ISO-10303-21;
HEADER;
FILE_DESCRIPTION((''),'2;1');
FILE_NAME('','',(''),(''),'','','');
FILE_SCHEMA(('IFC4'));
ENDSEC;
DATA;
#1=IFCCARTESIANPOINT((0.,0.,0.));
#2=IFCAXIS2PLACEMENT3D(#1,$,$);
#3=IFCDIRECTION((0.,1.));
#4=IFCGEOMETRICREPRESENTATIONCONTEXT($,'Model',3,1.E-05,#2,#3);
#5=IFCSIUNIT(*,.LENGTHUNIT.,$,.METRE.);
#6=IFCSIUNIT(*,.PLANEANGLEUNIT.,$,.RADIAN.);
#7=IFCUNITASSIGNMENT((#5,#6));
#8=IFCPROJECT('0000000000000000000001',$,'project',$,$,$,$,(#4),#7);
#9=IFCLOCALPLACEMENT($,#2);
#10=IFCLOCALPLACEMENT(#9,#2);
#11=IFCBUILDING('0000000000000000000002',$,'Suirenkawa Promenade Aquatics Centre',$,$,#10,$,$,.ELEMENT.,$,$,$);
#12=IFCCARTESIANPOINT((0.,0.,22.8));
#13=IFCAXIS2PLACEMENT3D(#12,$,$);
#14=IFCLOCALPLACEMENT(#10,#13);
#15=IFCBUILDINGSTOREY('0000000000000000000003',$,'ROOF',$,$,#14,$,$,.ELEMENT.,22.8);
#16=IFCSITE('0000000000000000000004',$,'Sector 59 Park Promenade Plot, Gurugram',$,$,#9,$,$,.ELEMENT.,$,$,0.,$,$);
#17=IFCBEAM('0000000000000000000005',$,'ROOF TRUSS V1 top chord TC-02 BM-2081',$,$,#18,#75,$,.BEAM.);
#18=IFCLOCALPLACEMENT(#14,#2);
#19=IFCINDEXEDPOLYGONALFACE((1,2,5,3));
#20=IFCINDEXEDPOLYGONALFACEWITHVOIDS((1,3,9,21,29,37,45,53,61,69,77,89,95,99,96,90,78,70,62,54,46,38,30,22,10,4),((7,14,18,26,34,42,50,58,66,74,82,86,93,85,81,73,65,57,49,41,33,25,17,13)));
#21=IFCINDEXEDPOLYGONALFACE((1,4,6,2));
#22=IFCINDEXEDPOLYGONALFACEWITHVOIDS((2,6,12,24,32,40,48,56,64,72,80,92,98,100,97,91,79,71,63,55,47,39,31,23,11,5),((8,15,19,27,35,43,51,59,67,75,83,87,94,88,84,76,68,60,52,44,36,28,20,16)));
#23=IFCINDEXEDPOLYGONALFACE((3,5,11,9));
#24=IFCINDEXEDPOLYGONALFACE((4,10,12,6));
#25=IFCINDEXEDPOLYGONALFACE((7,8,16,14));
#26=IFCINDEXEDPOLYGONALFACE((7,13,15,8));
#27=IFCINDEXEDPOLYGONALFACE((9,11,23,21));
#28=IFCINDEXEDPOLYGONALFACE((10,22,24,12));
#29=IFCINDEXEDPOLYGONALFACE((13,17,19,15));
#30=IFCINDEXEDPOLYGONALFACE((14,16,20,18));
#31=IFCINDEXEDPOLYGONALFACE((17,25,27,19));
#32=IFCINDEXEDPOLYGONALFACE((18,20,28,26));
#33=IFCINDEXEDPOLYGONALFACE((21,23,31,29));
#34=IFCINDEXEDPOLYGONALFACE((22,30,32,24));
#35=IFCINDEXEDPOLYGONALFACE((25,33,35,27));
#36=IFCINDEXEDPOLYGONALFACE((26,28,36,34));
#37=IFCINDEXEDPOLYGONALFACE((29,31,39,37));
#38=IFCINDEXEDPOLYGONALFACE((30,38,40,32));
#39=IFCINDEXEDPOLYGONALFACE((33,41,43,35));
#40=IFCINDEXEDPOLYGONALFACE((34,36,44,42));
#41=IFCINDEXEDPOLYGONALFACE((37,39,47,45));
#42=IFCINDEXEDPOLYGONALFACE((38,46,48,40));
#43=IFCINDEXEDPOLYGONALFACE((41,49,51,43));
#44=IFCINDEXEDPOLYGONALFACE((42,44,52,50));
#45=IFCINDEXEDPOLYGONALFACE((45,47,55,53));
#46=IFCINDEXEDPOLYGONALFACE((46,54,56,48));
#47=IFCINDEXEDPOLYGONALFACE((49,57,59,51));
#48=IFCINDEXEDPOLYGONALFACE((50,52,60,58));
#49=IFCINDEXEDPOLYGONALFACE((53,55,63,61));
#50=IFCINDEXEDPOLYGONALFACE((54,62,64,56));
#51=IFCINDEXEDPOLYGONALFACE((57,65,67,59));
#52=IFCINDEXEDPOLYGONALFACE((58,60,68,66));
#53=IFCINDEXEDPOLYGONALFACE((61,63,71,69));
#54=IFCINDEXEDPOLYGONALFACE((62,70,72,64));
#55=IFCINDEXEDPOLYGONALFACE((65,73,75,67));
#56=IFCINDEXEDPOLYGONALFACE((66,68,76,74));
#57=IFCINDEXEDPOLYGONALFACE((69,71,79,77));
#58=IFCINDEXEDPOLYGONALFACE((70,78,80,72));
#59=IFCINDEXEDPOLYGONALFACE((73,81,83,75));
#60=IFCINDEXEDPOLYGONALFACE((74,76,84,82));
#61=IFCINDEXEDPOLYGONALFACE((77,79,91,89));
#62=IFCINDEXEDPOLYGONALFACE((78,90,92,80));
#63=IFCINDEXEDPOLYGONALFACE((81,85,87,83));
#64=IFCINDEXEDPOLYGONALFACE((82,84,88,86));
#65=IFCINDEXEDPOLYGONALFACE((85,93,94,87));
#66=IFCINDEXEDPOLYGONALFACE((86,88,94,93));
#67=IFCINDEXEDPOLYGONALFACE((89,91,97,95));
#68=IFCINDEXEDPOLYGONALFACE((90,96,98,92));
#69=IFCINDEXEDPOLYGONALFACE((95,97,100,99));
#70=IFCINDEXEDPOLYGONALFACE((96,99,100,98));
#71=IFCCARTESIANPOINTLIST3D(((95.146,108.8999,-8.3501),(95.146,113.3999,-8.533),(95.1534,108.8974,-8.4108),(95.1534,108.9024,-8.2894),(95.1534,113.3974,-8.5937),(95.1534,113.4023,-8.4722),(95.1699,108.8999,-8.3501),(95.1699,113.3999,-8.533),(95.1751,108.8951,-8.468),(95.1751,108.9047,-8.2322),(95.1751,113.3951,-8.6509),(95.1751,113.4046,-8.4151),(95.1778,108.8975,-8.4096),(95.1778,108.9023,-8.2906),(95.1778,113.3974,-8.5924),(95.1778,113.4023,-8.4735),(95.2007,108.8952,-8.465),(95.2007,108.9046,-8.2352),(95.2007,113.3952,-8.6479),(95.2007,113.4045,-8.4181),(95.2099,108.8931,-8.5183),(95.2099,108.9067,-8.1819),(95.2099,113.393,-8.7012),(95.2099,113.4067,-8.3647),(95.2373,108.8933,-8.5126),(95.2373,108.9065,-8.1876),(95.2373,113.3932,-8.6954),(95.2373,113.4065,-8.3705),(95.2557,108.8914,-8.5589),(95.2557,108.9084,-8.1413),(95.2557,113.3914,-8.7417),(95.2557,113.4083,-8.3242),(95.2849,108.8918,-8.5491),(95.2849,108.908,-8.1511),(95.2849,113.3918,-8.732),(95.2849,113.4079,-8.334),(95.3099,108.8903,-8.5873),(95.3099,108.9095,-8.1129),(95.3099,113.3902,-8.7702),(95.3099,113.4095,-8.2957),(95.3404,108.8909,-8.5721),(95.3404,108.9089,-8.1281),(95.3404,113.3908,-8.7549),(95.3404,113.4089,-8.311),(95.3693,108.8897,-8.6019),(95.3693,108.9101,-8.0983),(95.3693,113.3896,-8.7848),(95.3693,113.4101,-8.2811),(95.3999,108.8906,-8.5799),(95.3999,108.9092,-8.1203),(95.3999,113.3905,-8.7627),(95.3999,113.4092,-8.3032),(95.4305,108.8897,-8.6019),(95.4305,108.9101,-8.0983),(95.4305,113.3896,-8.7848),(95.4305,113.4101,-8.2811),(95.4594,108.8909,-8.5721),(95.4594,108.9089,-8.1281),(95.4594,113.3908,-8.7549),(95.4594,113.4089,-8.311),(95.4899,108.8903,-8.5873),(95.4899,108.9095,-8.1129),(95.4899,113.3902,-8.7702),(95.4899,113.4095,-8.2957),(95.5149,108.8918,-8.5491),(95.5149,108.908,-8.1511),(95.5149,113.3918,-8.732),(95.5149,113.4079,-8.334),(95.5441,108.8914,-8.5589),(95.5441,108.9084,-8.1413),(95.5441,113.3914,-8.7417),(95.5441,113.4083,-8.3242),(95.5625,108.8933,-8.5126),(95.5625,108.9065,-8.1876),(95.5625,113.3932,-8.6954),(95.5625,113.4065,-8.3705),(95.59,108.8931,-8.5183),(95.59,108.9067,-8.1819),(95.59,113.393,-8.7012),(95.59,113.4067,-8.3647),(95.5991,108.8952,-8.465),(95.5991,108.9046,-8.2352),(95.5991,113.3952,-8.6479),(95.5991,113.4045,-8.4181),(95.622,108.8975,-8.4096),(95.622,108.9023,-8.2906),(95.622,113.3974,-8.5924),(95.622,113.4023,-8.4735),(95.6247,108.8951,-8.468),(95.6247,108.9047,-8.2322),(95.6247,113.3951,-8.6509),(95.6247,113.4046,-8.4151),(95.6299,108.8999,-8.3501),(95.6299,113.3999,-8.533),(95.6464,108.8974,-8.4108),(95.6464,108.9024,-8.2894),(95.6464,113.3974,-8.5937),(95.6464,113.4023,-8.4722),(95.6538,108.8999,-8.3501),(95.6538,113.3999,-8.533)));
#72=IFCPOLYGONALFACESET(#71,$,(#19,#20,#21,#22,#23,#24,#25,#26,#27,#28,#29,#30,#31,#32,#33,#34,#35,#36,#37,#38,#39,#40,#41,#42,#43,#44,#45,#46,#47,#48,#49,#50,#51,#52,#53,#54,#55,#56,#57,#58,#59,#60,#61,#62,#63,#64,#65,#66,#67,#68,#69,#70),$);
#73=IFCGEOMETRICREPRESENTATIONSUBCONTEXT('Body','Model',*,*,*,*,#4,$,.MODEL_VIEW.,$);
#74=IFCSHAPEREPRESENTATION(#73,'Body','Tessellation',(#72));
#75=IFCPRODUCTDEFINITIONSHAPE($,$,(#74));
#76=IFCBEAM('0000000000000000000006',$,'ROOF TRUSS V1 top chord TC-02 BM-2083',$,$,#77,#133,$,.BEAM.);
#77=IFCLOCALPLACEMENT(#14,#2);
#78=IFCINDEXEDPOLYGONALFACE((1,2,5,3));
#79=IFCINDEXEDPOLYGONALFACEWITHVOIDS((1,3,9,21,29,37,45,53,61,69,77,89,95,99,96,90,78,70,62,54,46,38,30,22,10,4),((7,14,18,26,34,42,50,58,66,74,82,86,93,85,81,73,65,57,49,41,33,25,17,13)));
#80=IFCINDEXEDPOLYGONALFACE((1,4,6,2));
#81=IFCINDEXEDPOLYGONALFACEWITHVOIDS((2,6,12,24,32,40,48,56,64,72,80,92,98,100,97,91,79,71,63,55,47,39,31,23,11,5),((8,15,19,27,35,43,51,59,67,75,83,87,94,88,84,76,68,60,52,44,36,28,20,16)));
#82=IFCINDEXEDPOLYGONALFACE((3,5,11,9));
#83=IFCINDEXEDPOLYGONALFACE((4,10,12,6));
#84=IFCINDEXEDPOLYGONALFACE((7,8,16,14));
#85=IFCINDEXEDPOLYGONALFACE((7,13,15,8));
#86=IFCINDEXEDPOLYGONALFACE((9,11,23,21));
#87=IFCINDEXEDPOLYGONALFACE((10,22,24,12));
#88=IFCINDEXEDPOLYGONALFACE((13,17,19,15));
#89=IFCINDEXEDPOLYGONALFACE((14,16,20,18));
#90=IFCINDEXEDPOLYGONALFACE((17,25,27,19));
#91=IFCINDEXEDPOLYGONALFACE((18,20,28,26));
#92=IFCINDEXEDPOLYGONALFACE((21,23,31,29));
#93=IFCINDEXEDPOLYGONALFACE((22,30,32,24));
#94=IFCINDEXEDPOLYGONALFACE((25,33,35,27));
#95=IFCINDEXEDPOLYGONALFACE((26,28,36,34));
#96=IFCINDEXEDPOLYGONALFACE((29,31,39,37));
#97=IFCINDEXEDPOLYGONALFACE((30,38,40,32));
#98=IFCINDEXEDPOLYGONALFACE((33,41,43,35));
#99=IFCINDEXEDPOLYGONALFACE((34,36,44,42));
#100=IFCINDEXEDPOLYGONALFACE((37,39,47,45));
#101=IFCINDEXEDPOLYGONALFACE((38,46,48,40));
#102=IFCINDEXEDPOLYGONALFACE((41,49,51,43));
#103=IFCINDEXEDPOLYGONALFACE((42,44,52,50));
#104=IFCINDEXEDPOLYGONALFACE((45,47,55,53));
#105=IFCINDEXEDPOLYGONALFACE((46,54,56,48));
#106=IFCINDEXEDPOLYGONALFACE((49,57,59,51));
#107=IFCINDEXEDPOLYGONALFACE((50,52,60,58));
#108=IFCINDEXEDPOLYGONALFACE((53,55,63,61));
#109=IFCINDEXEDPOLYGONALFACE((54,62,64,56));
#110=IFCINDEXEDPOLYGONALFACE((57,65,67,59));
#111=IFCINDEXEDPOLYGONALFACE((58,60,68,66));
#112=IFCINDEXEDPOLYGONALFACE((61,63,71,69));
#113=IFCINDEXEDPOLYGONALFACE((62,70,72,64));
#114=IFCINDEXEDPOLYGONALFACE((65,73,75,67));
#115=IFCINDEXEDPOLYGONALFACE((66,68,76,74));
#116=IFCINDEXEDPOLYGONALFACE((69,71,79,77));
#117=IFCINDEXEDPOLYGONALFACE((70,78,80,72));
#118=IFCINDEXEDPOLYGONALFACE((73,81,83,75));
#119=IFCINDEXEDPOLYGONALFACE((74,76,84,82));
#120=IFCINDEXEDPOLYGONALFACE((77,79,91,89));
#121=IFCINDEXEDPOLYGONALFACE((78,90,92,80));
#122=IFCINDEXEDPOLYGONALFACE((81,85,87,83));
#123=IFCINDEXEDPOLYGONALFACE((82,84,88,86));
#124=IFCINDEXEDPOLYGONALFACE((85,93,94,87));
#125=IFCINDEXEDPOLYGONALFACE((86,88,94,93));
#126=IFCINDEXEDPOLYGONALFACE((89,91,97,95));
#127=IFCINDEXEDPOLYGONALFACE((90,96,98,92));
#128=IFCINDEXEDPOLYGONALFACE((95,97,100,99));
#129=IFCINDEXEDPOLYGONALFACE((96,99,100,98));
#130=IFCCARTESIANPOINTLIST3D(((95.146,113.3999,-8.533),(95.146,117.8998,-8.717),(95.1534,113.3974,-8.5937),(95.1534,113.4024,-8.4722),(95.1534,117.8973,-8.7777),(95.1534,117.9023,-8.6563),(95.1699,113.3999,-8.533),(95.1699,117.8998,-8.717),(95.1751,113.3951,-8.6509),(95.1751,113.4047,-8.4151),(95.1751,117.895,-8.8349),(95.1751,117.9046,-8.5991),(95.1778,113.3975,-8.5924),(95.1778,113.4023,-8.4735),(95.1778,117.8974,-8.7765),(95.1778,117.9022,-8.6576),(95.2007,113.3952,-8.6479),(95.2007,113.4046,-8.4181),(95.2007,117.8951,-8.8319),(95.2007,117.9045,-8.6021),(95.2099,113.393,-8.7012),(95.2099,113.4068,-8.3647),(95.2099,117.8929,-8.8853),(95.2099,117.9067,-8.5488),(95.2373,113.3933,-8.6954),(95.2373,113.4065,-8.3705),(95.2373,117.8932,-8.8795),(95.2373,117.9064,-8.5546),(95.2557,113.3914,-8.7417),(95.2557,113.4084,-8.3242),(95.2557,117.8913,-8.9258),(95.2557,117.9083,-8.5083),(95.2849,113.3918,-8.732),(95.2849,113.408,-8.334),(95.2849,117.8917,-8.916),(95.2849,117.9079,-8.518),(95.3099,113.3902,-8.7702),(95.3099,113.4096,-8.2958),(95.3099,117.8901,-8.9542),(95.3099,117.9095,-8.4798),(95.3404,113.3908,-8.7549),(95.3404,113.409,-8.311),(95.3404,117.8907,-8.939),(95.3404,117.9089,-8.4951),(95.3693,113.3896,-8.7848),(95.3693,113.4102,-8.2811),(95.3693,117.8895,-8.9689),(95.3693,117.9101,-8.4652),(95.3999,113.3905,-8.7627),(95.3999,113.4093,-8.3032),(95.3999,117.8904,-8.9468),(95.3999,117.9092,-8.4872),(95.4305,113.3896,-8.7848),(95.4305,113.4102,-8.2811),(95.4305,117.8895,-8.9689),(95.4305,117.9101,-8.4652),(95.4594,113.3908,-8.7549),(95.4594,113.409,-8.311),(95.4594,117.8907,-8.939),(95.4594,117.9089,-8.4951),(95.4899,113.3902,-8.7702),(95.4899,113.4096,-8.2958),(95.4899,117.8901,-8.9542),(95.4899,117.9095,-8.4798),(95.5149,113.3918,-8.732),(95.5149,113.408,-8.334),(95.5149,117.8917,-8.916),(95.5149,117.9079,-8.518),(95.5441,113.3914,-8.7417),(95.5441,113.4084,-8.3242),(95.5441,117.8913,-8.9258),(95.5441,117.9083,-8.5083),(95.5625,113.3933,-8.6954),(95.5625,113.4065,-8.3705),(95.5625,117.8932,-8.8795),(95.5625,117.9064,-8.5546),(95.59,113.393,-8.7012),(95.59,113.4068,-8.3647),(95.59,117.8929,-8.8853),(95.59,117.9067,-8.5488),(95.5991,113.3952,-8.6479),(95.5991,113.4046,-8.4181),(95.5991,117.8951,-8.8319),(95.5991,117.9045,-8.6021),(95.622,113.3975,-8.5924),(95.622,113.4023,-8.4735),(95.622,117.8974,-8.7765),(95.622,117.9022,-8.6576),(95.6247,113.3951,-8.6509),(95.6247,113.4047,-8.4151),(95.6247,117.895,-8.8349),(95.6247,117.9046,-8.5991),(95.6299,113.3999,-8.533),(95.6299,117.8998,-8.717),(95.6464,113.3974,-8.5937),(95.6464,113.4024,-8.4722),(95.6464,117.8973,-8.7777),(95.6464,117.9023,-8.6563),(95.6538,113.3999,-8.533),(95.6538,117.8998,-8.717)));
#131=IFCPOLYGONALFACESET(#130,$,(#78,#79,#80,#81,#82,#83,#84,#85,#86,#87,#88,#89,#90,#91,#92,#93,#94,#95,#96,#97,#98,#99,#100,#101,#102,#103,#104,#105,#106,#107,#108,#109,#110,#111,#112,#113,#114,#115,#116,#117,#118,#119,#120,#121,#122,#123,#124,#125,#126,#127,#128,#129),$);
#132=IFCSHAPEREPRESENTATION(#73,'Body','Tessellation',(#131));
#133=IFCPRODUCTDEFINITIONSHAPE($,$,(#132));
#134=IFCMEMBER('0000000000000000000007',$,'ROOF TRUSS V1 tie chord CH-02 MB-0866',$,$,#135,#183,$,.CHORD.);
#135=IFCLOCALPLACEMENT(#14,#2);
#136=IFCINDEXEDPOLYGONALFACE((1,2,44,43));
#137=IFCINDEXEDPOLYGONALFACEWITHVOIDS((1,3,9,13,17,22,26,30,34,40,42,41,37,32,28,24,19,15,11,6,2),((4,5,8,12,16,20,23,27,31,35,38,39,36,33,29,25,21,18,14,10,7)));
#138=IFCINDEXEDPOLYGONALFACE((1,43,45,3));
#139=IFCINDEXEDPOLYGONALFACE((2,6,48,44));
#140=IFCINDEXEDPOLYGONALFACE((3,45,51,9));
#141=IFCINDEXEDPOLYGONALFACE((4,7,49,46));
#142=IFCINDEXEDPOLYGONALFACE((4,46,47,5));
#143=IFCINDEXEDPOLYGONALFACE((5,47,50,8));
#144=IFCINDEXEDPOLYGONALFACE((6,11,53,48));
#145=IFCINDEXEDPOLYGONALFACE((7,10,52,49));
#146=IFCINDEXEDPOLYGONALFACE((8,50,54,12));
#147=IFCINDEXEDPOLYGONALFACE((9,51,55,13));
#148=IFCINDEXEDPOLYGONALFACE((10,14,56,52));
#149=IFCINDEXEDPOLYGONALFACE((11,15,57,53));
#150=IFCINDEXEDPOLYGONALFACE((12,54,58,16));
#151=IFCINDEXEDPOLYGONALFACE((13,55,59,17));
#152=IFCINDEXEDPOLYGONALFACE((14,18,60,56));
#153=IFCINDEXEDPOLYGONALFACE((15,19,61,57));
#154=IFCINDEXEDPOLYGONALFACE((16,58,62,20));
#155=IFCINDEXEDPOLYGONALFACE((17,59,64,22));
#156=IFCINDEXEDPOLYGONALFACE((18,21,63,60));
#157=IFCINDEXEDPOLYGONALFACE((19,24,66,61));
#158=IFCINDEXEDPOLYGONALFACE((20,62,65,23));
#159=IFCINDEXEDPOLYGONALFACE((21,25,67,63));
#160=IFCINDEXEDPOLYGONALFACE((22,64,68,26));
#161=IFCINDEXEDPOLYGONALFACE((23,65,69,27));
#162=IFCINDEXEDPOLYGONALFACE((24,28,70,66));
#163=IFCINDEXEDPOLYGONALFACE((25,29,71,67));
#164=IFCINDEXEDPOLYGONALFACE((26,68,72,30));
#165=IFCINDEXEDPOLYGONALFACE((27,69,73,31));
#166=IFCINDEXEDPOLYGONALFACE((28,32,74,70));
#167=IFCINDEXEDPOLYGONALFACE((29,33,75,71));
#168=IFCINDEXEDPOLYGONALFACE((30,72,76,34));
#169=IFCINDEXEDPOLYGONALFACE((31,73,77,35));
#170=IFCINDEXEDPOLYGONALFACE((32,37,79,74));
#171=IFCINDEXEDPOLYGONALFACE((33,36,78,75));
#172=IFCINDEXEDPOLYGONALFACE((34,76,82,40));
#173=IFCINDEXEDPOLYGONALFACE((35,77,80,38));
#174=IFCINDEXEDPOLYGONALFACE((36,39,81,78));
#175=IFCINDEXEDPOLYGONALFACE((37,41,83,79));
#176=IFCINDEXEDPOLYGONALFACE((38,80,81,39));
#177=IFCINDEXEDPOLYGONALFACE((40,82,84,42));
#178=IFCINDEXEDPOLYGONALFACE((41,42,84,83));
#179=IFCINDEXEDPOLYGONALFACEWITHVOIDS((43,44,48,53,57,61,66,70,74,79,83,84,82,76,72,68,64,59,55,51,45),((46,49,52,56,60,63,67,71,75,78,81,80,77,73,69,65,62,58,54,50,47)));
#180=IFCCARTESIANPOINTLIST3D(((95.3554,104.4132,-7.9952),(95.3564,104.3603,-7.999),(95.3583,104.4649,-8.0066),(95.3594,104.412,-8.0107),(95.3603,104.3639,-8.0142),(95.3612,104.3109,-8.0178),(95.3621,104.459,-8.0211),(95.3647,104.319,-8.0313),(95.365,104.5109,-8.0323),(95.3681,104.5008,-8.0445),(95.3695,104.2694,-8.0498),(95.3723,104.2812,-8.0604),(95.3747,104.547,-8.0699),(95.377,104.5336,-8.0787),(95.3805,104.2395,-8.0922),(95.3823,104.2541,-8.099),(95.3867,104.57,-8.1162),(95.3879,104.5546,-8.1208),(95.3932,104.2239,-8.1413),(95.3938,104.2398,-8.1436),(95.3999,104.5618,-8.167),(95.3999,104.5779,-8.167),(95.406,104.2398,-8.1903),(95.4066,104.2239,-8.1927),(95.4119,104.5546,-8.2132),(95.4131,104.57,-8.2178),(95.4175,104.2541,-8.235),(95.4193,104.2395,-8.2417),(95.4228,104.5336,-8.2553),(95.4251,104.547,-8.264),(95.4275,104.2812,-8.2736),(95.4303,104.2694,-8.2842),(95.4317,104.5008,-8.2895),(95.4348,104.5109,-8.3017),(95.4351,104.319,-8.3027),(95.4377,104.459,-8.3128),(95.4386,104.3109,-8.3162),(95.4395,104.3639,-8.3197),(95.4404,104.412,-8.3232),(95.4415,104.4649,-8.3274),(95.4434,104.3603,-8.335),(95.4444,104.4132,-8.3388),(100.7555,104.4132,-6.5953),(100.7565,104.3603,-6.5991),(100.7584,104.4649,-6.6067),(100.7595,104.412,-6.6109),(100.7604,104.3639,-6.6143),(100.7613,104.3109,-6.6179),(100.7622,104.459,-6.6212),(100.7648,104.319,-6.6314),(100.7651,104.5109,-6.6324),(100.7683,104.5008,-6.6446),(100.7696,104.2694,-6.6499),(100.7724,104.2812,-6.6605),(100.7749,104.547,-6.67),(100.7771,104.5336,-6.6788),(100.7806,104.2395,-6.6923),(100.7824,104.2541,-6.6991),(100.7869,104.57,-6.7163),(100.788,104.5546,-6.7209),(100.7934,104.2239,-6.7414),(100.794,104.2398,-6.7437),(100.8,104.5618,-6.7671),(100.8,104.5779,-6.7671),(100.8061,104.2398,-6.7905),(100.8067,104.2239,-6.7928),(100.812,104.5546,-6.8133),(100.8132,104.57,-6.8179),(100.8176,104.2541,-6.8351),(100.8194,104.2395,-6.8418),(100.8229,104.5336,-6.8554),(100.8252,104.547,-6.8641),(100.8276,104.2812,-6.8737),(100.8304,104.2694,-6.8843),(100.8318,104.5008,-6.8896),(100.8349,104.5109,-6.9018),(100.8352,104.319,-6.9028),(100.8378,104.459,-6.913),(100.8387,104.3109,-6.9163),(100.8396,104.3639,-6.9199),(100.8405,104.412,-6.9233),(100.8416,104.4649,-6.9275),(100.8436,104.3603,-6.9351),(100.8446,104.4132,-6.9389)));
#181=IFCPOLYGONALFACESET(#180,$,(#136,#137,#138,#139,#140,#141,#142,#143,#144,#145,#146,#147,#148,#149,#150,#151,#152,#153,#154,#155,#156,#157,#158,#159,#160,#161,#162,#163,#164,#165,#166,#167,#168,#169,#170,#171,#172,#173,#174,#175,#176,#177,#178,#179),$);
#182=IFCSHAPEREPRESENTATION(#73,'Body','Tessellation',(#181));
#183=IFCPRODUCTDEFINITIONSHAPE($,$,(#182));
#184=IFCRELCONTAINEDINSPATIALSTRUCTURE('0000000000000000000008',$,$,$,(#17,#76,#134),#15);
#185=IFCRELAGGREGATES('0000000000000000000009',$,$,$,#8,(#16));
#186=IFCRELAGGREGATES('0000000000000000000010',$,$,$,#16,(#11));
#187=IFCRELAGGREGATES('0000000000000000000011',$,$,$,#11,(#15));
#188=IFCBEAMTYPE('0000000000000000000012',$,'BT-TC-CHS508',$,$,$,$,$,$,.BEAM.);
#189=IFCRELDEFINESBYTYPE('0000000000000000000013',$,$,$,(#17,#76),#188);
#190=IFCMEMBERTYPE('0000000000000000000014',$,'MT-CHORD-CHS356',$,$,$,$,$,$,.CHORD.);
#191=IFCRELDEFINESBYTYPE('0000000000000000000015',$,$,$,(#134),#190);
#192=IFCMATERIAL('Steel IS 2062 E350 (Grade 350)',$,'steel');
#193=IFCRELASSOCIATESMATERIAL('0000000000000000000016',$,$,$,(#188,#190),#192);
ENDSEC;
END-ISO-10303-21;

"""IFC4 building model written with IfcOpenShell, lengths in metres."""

from ifc_helpers import new_model, si_unit, direction, frame, origin, origin_2d, place, context, subcontext, project, spatial, hollow_circle, extrude, material, material_profile, profile_set, type_object, element, save


model = new_model("IFC4")

# Units and contexts
model_context = context("Model", 3, precision=1e-05, world=origin(), true_north=direction((0.0, 1.0)))
body_context = subcontext(model_context, "Body", "Model", "MODEL_VIEW")
ifc_project = project(units=[si_unit("LENGTHUNIT", "METRE"), si_unit("PLANEANGLEUNIT", "RADIAN")], contexts=[model_context])

# Site, building, storey
site_placement = place(None, origin())
site = spatial("IfcSite", under=ifc_project, at=site_placement, Name="Sector 59 Park Promenade Plot, Gurugram", CompositionType="ELEMENT", RefElevation=0.0)
building_placement = place(site_placement, origin())
building = spatial("IfcBuilding", under=site, at=building_placement, Name="Suirenkawa Promenade Aquatics Centre", CompositionType="ELEMENT")
storey_placement = place(building_placement, frame((0.0, 0.0, 22.8)))
storey = spatial("IfcBuildingStorey", under=building, at=storey_placement, Name="ROOF", CompositionType="ELEMENT", Elevation=22.8)

# Beams
ifc_material = material(Name="Steel IS 2062 E350 (Grade 350)", Category="steel")
ifc_material_profile_1 = material_profile(ifc_material, hollow_circle(Radius=0.2539, WallThickness=0.0239, at=origin_2d()), Name="CHS 508x24", Category="steel")
ifc_profile_set_1 = profile_set([ifc_material_profile_1], Name="Steel IS 2062 E350 (Grade 350)")
beam_type_1 = type_object("IfcBeamType", Name="BT-TC-CHS508", PredefinedType="BEAM", material=ifc_profile_set_1)
for number, where, z_axis, x_axis, name in (
    (1, (95.3999, 108.8999, -8.3501), (0.0, 0.999175, -0.040602), (-1.0, 0.0, 0.0), "ROOF TRUSS V1 top chord TC-02 BM-2081"),
    (2, (95.3999, 113.3999, -8.533), (0.0, 0.999164, -0.040873), (-1.0, 0.0, 0.0), "ROOF TRUSS V1 top chord TC-02 BM-2083"),
):
    element("IfcBeam", number, at=place(storey_placement, frame(where, z_axis=z_axis, x_axis=x_axis)), inside=storey, type_object=beam_type_1, Name=name, PredefinedType="BEAM", context=body_context, shape_type="SweptSolid", body=[
        extrude(hollow_circle(Radius=0.2539, WallThickness=0.0239, at=origin_2d()), origin(), (0.0, 0.0, 1.0), 4.5037),
    ])

# Member
ifc_material_profile_2 = material_profile(ifc_material, hollow_circle(Radius=0.178, WallThickness=0.0161, at=origin_2d()), Name="CHS 356x16", Category="steel")
ifc_profile_set_2 = profile_set([ifc_material_profile_2], Name="Steel IS 2062 E350 (Grade 350)")
member_type_1 = type_object("IfcMemberType", Name="MT-CHORD-CHS356", PredefinedType="CHORD", material=ifc_profile_set_2)
member_1_placement = place(storey_placement, frame((95.3999, 104.3999, -8.167), z_axis=(0.968003, 0.0, 0.250939), x_axis=(0.0, 1.0, 0.0)))
element("IfcMember", 3, at=member_1_placement, inside=storey, type_object=member_type_1, Name="ROOF TRUSS V1 tie chord CH-02 MB-0866", PredefinedType="CHORD", context=body_context, shape_type="SweptSolid", body=[
    extrude(hollow_circle(Radius=0.178, WallThickness=0.0161, at=origin_2d()), origin(), (0.0, 0.0, 1.0), 5.5786),
])

save(model, "model.ifc")
